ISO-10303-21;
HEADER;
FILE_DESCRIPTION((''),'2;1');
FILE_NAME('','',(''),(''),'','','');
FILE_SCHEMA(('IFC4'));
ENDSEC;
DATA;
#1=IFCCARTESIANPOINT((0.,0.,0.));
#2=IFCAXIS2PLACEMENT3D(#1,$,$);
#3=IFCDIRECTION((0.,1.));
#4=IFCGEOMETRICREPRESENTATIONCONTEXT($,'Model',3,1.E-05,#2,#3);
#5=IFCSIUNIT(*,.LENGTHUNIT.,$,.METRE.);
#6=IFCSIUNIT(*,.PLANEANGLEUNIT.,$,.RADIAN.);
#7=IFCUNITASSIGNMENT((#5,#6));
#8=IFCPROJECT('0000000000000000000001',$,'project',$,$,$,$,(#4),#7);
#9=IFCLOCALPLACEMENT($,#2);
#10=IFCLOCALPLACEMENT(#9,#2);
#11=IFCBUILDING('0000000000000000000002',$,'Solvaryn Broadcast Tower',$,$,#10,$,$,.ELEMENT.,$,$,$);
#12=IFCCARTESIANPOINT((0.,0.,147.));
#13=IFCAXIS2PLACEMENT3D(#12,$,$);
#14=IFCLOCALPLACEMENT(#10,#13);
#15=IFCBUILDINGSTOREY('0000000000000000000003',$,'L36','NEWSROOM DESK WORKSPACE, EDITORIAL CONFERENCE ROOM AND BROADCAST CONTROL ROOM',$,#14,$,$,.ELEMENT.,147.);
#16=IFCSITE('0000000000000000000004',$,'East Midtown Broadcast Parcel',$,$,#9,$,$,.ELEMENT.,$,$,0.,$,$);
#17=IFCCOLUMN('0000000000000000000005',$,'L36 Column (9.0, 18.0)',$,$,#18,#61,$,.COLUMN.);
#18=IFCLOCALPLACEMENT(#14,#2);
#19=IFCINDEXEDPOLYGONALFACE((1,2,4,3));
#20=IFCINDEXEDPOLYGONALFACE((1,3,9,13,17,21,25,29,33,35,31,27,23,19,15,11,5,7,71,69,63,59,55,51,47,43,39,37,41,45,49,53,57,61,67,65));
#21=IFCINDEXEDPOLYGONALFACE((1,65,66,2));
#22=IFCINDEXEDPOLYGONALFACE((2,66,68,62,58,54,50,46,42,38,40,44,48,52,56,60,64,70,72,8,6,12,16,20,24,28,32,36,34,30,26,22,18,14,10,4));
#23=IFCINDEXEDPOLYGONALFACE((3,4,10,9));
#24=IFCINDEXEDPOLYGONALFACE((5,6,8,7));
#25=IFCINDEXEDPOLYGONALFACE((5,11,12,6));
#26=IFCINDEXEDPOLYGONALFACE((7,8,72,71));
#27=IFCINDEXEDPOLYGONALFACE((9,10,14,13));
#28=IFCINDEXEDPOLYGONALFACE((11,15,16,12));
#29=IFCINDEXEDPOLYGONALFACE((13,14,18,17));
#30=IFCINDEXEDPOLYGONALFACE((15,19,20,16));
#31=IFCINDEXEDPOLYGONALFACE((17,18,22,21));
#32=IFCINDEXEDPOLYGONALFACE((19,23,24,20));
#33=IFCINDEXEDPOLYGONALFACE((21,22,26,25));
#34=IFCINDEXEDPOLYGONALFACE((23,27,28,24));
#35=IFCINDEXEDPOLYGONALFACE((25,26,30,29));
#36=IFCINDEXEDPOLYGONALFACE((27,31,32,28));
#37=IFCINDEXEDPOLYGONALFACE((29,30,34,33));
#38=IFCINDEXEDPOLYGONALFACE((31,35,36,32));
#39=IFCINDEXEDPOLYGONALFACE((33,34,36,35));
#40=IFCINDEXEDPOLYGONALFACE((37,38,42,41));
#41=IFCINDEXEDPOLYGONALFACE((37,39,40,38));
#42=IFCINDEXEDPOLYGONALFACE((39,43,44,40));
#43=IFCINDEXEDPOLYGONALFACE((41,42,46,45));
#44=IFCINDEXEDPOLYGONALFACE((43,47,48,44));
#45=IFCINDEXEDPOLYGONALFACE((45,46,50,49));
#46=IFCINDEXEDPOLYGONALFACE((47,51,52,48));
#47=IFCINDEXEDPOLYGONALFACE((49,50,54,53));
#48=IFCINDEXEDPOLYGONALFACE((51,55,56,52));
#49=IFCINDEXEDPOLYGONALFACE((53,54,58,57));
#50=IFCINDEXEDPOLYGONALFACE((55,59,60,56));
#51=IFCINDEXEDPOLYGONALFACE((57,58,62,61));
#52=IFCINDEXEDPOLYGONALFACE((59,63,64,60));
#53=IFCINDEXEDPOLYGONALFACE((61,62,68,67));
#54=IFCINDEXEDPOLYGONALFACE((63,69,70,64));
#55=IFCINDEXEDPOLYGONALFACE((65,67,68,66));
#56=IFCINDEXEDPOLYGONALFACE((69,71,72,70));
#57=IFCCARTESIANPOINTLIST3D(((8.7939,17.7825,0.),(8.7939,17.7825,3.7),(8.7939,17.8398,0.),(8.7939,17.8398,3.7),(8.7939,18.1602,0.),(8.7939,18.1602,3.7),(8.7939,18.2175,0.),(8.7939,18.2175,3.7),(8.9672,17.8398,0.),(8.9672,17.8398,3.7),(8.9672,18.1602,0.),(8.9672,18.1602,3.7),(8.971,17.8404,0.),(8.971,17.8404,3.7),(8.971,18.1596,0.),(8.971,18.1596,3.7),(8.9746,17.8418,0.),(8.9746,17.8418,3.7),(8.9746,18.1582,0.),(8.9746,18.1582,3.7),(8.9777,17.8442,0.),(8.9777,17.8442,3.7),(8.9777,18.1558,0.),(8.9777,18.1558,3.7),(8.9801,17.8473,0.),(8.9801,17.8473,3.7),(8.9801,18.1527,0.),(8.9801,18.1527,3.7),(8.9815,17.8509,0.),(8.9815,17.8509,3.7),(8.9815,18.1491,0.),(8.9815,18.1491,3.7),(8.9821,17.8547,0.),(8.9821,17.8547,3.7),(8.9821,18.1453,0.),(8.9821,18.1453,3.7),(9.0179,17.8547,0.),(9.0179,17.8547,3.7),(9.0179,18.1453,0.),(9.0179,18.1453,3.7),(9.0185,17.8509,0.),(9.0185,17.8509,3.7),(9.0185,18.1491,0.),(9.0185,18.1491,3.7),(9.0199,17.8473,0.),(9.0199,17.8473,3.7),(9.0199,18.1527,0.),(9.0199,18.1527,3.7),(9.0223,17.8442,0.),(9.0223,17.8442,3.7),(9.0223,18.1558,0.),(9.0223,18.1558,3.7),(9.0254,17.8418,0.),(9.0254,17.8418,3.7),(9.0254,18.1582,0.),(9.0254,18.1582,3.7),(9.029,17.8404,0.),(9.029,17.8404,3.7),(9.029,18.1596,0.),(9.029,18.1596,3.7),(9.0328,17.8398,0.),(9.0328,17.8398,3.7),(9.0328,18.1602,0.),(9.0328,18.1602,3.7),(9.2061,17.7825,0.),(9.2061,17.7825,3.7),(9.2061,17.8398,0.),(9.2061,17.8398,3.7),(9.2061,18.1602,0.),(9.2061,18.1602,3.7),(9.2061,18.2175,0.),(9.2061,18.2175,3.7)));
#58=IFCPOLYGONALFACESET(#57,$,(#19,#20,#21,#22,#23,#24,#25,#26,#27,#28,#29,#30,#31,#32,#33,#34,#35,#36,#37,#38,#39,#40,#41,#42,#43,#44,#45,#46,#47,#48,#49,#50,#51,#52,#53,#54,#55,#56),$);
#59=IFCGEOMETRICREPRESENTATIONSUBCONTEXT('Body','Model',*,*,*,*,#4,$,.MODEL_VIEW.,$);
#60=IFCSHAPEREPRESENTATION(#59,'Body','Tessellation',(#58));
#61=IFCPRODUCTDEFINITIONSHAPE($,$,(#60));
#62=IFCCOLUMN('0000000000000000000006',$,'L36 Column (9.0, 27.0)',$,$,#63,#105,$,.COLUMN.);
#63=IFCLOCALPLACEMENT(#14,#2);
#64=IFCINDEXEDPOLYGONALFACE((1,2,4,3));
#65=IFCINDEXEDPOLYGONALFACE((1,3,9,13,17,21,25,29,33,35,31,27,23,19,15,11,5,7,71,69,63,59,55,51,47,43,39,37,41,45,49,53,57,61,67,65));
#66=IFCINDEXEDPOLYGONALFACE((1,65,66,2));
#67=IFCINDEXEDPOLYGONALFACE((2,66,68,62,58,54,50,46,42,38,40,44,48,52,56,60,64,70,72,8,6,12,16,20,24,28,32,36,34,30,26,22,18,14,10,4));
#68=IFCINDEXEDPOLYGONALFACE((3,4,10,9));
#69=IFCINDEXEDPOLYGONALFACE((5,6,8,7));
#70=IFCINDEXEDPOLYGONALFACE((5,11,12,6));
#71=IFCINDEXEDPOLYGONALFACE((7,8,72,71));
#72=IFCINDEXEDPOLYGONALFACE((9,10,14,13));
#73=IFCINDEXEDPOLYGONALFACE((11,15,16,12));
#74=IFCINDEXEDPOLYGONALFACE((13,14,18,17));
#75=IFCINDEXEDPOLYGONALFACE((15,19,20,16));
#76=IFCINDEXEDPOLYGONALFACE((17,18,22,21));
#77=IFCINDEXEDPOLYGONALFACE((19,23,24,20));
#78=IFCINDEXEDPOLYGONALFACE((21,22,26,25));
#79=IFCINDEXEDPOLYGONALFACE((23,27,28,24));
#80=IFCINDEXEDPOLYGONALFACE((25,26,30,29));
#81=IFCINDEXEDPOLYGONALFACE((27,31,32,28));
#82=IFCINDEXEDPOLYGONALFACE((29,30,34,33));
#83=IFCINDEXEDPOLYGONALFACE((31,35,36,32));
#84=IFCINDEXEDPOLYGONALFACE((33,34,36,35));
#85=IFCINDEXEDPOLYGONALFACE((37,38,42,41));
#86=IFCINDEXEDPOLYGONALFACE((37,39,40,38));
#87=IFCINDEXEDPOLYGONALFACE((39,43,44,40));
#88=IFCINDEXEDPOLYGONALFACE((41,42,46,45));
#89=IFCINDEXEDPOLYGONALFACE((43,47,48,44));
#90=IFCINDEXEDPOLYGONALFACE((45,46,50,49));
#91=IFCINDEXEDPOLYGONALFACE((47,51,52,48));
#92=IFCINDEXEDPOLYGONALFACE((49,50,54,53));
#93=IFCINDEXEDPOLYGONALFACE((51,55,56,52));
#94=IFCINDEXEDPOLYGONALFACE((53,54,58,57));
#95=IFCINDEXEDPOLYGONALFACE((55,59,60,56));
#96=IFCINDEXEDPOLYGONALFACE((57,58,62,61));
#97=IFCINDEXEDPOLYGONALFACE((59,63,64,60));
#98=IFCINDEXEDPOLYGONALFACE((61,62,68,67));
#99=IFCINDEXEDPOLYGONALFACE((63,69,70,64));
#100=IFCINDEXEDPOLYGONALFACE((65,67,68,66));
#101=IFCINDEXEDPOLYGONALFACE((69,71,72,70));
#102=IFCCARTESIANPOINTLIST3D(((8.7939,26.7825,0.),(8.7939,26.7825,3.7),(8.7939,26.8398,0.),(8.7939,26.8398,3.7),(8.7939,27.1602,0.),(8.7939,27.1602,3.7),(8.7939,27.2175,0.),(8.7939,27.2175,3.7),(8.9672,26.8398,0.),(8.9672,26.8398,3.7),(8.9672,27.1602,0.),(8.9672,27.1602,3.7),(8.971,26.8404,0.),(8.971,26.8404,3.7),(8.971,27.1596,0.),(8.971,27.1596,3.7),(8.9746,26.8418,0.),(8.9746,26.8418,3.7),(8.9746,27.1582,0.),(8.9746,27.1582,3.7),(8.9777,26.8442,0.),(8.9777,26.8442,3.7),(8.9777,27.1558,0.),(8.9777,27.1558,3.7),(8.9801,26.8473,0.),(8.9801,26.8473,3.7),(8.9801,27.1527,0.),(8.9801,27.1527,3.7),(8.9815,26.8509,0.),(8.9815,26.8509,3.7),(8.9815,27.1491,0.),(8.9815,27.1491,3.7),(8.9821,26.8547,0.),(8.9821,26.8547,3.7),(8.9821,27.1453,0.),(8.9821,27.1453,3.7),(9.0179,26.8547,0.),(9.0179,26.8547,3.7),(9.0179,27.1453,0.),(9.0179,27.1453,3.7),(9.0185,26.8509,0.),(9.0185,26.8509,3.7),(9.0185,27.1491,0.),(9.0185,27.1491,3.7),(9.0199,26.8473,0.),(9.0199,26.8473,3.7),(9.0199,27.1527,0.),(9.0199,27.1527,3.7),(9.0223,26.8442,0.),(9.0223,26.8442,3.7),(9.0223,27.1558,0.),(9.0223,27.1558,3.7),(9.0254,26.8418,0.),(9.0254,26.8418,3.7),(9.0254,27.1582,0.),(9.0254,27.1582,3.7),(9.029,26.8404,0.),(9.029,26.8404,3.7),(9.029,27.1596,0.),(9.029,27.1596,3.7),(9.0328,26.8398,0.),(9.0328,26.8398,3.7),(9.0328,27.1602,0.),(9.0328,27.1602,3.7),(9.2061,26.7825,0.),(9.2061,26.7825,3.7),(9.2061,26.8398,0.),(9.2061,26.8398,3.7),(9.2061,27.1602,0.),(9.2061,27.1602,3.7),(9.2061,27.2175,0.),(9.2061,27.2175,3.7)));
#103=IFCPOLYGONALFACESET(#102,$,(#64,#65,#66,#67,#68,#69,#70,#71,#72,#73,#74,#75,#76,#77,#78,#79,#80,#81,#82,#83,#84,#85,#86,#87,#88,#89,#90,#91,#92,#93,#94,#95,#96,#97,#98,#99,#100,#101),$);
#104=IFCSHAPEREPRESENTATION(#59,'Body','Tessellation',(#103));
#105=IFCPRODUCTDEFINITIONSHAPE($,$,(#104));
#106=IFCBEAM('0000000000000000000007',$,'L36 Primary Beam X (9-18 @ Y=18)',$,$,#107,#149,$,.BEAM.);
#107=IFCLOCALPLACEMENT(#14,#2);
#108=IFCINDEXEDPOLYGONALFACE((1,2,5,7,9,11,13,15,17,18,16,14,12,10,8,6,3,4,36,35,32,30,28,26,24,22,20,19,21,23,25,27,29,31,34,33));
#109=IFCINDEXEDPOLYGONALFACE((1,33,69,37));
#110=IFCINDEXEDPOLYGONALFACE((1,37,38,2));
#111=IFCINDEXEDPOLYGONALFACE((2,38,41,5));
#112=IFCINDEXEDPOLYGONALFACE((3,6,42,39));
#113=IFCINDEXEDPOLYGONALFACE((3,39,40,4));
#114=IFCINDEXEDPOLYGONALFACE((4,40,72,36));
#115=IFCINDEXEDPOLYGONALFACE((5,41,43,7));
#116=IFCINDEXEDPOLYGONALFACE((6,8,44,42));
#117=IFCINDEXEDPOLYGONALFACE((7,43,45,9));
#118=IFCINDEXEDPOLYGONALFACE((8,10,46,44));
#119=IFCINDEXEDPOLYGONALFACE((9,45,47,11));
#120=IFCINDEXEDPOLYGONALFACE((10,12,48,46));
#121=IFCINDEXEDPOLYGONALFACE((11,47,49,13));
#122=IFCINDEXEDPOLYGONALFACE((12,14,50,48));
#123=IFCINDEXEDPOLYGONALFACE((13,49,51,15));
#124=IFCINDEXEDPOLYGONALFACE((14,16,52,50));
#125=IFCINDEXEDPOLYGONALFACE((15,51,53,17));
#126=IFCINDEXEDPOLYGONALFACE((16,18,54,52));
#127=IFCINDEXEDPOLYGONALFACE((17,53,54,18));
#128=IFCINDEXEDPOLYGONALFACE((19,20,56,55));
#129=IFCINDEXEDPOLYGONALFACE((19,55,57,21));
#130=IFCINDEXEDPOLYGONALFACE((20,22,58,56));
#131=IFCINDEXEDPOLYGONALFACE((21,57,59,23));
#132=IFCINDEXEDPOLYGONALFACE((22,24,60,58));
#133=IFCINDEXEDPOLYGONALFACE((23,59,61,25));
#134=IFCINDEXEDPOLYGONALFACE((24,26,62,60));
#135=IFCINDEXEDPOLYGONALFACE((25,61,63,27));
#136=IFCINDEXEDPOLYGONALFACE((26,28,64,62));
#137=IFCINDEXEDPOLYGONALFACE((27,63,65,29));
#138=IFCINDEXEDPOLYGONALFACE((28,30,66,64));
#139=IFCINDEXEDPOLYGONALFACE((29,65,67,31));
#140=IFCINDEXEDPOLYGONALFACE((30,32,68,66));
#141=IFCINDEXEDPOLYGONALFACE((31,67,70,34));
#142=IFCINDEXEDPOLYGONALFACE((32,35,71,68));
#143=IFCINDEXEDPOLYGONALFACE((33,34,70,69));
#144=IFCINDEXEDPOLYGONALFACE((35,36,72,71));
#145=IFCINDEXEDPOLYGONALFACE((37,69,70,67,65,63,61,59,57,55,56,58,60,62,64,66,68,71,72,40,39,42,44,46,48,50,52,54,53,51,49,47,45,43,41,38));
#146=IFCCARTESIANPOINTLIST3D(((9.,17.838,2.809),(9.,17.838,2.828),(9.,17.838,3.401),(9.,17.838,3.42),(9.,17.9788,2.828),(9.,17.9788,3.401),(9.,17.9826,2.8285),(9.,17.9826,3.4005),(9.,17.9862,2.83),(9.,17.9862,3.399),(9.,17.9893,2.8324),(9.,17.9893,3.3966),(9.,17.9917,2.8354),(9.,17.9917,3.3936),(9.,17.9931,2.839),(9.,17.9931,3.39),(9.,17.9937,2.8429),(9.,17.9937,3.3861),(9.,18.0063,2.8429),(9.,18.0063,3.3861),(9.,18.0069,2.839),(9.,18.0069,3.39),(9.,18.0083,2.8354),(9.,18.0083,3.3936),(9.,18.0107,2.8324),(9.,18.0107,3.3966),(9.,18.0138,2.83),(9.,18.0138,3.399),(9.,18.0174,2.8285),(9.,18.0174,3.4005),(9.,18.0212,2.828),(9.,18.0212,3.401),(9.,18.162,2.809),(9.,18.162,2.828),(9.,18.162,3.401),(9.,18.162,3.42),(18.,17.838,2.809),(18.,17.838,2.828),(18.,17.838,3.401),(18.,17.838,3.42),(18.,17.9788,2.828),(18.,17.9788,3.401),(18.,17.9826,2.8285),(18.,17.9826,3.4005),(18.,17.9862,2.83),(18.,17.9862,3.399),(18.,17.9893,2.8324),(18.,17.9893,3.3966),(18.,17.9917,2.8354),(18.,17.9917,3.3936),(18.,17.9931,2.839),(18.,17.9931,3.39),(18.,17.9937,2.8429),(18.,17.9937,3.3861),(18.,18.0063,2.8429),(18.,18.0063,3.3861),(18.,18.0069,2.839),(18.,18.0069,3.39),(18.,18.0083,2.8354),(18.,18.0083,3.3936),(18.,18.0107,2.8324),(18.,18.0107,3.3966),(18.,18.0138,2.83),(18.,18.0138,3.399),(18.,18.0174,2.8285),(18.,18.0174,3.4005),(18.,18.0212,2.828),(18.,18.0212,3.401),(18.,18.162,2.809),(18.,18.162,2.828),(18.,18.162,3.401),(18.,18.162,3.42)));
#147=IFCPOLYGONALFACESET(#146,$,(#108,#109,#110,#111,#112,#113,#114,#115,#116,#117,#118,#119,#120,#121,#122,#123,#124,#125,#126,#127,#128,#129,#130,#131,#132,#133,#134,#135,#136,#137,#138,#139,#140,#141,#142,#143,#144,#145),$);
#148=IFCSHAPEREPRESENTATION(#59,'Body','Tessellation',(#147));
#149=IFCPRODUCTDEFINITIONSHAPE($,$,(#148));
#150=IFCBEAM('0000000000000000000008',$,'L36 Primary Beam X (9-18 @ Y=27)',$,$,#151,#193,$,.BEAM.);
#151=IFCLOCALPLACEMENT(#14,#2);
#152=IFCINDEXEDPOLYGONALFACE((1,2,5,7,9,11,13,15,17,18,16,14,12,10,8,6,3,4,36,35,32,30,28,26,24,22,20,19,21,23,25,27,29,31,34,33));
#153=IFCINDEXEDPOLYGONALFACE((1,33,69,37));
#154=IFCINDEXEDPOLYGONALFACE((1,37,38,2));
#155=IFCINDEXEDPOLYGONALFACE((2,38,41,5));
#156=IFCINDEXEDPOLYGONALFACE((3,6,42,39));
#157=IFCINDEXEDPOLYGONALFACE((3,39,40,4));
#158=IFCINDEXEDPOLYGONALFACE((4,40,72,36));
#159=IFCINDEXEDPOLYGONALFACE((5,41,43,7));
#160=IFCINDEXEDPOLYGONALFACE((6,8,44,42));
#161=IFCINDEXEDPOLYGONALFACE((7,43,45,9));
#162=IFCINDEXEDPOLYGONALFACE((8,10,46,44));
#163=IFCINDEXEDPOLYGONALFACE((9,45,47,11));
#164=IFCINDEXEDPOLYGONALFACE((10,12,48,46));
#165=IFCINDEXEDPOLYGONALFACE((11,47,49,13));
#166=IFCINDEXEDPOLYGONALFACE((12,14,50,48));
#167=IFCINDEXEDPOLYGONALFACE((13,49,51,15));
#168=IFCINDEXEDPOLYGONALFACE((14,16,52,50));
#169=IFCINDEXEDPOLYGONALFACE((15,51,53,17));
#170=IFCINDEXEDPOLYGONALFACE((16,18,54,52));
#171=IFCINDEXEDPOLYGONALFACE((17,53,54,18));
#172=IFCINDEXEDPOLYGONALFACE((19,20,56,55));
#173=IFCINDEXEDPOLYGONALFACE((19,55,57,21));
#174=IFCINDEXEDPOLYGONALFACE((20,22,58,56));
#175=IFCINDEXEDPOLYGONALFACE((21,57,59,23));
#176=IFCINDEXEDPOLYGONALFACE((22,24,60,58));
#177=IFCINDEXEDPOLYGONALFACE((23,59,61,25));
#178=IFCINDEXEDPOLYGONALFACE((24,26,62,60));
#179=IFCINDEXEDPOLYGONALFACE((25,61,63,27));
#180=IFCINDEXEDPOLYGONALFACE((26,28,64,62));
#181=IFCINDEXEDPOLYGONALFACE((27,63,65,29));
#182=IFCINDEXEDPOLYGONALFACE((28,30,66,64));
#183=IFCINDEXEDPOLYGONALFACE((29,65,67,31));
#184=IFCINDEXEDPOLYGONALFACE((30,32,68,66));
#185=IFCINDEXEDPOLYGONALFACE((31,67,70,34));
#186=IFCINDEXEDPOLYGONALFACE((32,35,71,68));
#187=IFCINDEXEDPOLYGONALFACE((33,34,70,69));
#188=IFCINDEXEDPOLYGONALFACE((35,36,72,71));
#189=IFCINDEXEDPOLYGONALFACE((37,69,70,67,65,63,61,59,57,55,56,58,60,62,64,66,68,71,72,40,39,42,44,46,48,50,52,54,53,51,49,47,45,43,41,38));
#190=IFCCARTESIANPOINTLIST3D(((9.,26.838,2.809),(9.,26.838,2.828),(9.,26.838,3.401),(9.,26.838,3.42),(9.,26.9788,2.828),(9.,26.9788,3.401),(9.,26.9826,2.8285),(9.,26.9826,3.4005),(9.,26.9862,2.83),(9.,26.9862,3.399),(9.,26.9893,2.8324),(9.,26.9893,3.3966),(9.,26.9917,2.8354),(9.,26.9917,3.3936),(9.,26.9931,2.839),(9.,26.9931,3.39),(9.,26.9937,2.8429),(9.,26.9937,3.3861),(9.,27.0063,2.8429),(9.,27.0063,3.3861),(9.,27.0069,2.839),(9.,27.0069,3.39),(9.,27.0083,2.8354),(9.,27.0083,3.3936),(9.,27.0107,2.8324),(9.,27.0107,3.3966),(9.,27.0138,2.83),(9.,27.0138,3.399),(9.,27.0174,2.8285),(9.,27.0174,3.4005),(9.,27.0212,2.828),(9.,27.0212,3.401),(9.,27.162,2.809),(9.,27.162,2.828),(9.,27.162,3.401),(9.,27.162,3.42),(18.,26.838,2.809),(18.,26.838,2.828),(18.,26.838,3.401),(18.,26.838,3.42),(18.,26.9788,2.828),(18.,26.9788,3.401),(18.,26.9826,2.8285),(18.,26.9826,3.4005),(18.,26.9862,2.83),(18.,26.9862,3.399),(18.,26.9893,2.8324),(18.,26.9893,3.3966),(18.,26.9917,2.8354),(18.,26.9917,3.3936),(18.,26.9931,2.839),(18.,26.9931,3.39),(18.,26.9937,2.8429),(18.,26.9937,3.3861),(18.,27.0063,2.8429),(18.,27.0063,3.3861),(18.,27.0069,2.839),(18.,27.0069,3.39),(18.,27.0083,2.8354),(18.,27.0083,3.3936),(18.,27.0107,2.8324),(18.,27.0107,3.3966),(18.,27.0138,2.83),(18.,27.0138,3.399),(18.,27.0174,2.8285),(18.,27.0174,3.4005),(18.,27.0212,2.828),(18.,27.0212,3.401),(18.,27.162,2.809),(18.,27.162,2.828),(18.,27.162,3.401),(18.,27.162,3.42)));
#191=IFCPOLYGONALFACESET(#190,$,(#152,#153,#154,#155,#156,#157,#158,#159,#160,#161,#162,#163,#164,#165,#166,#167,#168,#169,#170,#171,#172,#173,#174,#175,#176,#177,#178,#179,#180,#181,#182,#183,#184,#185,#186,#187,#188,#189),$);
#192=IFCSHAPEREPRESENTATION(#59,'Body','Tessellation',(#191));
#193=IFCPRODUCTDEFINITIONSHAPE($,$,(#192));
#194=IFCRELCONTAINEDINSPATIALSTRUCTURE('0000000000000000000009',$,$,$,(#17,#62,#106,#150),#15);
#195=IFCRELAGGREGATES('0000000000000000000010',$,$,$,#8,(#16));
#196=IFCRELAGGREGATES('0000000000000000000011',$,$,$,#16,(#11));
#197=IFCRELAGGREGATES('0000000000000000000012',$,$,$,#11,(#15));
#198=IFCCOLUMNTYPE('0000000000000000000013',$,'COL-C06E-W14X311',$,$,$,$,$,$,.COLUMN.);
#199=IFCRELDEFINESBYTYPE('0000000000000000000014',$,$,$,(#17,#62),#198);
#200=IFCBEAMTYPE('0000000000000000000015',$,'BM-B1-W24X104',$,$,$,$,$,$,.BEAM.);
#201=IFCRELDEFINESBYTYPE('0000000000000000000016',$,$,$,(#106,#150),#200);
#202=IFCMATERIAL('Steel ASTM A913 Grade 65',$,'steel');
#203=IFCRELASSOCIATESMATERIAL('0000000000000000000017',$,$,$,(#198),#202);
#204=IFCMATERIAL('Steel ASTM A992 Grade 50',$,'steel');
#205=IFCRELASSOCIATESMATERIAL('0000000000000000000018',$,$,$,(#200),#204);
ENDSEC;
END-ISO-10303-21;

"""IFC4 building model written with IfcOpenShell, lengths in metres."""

from ifc_helpers import new_model, si_unit, direction, frame, origin, origin_2d, place, context, subcontext, project, spatial, i_section, extrude, material, material_profile, profile_set, type_object, element, save


model = new_model("IFC4")

# Units and contexts
model_context = context("Model", 3, precision=1e-05, world=origin(), true_north=direction((0.0, 1.0)))
body_context = subcontext(model_context, "Body", "Model", "MODEL_VIEW")
ifc_project = project(units=[si_unit("LENGTHUNIT", "METRE"), si_unit("PLANEANGLEUNIT", "RADIAN")], contexts=[model_context])

# Site, building, storey
site_placement = place(None, origin())
site = spatial("IfcSite", under=ifc_project, at=site_placement, Name="East Midtown Broadcast Parcel", CompositionType="ELEMENT", RefElevation=0.0)
building_placement = place(site_placement, origin())
building = spatial("IfcBuilding", under=site, at=building_placement, Name="Solvaryn Broadcast Tower", CompositionType="ELEMENT")
storey_placement = place(building_placement, frame((0.0, 0.0, 147.0)))
storey = spatial("IfcBuildingStorey", under=building, at=storey_placement, Name="L36", Description="NEWSROOM DESK WORKSPACE, EDITORIAL CONFERENCE ROOM AND BROADCAST CONTROL ROOM", CompositionType="ELEMENT", Elevation=147.0)

# Columns
ifc_material_1 = material(Name="Steel ASTM A913 Grade 65", Category="steel")
ifc_material_profile_1 = material_profile(ifc_material_1, i_section(OverallWidth=0.4121, OverallDepth=0.4351, WebThickness=0.0359, FlangeThickness=0.0574, FilletRadius=0.0149, at=origin_2d()))
ifc_profile_set_1 = profile_set([ifc_material_profile_1], Name="Steel ASTM A913 Grade 65")
column_type = type_object("IfcColumnType", Name="COL-C06E-W14X311", PredefinedType="COLUMN", material=ifc_profile_set_1)
for number, where, z_axis, x_axis, name in (
    (1, (9.0, 18.0, 0.0), (0.0, 0.0, 1.0), (1.0, 0.0, 0.0), "L36 Column (9.0, 18.0)"),
    (2, (9.0, 27.0, 0.0), (0.0, 0.0, 1.0), (1.0, 0.0, 0.0), "L36 Column (9.0, 27.0)"),
):
    element("IfcColumn", number, at=place(storey_placement, frame(where, z_axis=z_axis, x_axis=x_axis)), inside=storey, type_object=column_type, Name=name, PredefinedType="COLUMN", context=body_context, shape_type="SweptSolid", body=[
        extrude(i_section(OverallWidth=0.4121, OverallDepth=0.4351, WebThickness=0.0359, FlangeThickness=0.0574, FilletRadius=0.0149, at=origin_2d()), origin(), (0.0, 0.0, 1.0), 3.7),
    ])

# Beams
ifc_material_2 = material(Name="Steel ASTM A992 Grade 50", Category="steel")
ifc_material_profile_2 = material_profile(ifc_material_2, i_section(OverallWidth=0.324, OverallDepth=0.6111, WebThickness=0.0127, FlangeThickness=0.019, FilletRadius=0.0149, at=origin_2d()))
ifc_profile_set_2 = profile_set([ifc_material_profile_2], Name="Steel ASTM A992 Grade 50")
beam_type_1 = type_object("IfcBeamType", Name="BM-B1-W24X104", PredefinedType="BEAM", material=ifc_profile_set_2)
for number, where, z_axis, x_axis, name in (
    (3, (9.0, 18.0, 3.1145), (1.0, 0.0, 0.0), (0.0, 1.0, 0.0), "L36 Primary Beam X (9-18 @ Y=18)"),
    (4, (9.0, 27.0, 3.1145), (1.0, 0.0, 0.0), (0.0, 1.0, 0.0), "L36 Primary Beam X (9-18 @ Y=27)"),
):
    element("IfcBeam", number, at=place(storey_placement, frame(where, z_axis=z_axis, x_axis=x_axis)), inside=storey, type_object=beam_type_1, Name=name, PredefinedType="BEAM", context=body_context, shape_type="SweptSolid", body=[
        extrude(i_section(OverallWidth=0.324, OverallDepth=0.6111, WebThickness=0.0127, FlangeThickness=0.019, FilletRadius=0.0149, at=origin_2d()), origin(), (0.0, 0.0, 1.0), 9.0),
    ])

save(model, "model.ifc")
